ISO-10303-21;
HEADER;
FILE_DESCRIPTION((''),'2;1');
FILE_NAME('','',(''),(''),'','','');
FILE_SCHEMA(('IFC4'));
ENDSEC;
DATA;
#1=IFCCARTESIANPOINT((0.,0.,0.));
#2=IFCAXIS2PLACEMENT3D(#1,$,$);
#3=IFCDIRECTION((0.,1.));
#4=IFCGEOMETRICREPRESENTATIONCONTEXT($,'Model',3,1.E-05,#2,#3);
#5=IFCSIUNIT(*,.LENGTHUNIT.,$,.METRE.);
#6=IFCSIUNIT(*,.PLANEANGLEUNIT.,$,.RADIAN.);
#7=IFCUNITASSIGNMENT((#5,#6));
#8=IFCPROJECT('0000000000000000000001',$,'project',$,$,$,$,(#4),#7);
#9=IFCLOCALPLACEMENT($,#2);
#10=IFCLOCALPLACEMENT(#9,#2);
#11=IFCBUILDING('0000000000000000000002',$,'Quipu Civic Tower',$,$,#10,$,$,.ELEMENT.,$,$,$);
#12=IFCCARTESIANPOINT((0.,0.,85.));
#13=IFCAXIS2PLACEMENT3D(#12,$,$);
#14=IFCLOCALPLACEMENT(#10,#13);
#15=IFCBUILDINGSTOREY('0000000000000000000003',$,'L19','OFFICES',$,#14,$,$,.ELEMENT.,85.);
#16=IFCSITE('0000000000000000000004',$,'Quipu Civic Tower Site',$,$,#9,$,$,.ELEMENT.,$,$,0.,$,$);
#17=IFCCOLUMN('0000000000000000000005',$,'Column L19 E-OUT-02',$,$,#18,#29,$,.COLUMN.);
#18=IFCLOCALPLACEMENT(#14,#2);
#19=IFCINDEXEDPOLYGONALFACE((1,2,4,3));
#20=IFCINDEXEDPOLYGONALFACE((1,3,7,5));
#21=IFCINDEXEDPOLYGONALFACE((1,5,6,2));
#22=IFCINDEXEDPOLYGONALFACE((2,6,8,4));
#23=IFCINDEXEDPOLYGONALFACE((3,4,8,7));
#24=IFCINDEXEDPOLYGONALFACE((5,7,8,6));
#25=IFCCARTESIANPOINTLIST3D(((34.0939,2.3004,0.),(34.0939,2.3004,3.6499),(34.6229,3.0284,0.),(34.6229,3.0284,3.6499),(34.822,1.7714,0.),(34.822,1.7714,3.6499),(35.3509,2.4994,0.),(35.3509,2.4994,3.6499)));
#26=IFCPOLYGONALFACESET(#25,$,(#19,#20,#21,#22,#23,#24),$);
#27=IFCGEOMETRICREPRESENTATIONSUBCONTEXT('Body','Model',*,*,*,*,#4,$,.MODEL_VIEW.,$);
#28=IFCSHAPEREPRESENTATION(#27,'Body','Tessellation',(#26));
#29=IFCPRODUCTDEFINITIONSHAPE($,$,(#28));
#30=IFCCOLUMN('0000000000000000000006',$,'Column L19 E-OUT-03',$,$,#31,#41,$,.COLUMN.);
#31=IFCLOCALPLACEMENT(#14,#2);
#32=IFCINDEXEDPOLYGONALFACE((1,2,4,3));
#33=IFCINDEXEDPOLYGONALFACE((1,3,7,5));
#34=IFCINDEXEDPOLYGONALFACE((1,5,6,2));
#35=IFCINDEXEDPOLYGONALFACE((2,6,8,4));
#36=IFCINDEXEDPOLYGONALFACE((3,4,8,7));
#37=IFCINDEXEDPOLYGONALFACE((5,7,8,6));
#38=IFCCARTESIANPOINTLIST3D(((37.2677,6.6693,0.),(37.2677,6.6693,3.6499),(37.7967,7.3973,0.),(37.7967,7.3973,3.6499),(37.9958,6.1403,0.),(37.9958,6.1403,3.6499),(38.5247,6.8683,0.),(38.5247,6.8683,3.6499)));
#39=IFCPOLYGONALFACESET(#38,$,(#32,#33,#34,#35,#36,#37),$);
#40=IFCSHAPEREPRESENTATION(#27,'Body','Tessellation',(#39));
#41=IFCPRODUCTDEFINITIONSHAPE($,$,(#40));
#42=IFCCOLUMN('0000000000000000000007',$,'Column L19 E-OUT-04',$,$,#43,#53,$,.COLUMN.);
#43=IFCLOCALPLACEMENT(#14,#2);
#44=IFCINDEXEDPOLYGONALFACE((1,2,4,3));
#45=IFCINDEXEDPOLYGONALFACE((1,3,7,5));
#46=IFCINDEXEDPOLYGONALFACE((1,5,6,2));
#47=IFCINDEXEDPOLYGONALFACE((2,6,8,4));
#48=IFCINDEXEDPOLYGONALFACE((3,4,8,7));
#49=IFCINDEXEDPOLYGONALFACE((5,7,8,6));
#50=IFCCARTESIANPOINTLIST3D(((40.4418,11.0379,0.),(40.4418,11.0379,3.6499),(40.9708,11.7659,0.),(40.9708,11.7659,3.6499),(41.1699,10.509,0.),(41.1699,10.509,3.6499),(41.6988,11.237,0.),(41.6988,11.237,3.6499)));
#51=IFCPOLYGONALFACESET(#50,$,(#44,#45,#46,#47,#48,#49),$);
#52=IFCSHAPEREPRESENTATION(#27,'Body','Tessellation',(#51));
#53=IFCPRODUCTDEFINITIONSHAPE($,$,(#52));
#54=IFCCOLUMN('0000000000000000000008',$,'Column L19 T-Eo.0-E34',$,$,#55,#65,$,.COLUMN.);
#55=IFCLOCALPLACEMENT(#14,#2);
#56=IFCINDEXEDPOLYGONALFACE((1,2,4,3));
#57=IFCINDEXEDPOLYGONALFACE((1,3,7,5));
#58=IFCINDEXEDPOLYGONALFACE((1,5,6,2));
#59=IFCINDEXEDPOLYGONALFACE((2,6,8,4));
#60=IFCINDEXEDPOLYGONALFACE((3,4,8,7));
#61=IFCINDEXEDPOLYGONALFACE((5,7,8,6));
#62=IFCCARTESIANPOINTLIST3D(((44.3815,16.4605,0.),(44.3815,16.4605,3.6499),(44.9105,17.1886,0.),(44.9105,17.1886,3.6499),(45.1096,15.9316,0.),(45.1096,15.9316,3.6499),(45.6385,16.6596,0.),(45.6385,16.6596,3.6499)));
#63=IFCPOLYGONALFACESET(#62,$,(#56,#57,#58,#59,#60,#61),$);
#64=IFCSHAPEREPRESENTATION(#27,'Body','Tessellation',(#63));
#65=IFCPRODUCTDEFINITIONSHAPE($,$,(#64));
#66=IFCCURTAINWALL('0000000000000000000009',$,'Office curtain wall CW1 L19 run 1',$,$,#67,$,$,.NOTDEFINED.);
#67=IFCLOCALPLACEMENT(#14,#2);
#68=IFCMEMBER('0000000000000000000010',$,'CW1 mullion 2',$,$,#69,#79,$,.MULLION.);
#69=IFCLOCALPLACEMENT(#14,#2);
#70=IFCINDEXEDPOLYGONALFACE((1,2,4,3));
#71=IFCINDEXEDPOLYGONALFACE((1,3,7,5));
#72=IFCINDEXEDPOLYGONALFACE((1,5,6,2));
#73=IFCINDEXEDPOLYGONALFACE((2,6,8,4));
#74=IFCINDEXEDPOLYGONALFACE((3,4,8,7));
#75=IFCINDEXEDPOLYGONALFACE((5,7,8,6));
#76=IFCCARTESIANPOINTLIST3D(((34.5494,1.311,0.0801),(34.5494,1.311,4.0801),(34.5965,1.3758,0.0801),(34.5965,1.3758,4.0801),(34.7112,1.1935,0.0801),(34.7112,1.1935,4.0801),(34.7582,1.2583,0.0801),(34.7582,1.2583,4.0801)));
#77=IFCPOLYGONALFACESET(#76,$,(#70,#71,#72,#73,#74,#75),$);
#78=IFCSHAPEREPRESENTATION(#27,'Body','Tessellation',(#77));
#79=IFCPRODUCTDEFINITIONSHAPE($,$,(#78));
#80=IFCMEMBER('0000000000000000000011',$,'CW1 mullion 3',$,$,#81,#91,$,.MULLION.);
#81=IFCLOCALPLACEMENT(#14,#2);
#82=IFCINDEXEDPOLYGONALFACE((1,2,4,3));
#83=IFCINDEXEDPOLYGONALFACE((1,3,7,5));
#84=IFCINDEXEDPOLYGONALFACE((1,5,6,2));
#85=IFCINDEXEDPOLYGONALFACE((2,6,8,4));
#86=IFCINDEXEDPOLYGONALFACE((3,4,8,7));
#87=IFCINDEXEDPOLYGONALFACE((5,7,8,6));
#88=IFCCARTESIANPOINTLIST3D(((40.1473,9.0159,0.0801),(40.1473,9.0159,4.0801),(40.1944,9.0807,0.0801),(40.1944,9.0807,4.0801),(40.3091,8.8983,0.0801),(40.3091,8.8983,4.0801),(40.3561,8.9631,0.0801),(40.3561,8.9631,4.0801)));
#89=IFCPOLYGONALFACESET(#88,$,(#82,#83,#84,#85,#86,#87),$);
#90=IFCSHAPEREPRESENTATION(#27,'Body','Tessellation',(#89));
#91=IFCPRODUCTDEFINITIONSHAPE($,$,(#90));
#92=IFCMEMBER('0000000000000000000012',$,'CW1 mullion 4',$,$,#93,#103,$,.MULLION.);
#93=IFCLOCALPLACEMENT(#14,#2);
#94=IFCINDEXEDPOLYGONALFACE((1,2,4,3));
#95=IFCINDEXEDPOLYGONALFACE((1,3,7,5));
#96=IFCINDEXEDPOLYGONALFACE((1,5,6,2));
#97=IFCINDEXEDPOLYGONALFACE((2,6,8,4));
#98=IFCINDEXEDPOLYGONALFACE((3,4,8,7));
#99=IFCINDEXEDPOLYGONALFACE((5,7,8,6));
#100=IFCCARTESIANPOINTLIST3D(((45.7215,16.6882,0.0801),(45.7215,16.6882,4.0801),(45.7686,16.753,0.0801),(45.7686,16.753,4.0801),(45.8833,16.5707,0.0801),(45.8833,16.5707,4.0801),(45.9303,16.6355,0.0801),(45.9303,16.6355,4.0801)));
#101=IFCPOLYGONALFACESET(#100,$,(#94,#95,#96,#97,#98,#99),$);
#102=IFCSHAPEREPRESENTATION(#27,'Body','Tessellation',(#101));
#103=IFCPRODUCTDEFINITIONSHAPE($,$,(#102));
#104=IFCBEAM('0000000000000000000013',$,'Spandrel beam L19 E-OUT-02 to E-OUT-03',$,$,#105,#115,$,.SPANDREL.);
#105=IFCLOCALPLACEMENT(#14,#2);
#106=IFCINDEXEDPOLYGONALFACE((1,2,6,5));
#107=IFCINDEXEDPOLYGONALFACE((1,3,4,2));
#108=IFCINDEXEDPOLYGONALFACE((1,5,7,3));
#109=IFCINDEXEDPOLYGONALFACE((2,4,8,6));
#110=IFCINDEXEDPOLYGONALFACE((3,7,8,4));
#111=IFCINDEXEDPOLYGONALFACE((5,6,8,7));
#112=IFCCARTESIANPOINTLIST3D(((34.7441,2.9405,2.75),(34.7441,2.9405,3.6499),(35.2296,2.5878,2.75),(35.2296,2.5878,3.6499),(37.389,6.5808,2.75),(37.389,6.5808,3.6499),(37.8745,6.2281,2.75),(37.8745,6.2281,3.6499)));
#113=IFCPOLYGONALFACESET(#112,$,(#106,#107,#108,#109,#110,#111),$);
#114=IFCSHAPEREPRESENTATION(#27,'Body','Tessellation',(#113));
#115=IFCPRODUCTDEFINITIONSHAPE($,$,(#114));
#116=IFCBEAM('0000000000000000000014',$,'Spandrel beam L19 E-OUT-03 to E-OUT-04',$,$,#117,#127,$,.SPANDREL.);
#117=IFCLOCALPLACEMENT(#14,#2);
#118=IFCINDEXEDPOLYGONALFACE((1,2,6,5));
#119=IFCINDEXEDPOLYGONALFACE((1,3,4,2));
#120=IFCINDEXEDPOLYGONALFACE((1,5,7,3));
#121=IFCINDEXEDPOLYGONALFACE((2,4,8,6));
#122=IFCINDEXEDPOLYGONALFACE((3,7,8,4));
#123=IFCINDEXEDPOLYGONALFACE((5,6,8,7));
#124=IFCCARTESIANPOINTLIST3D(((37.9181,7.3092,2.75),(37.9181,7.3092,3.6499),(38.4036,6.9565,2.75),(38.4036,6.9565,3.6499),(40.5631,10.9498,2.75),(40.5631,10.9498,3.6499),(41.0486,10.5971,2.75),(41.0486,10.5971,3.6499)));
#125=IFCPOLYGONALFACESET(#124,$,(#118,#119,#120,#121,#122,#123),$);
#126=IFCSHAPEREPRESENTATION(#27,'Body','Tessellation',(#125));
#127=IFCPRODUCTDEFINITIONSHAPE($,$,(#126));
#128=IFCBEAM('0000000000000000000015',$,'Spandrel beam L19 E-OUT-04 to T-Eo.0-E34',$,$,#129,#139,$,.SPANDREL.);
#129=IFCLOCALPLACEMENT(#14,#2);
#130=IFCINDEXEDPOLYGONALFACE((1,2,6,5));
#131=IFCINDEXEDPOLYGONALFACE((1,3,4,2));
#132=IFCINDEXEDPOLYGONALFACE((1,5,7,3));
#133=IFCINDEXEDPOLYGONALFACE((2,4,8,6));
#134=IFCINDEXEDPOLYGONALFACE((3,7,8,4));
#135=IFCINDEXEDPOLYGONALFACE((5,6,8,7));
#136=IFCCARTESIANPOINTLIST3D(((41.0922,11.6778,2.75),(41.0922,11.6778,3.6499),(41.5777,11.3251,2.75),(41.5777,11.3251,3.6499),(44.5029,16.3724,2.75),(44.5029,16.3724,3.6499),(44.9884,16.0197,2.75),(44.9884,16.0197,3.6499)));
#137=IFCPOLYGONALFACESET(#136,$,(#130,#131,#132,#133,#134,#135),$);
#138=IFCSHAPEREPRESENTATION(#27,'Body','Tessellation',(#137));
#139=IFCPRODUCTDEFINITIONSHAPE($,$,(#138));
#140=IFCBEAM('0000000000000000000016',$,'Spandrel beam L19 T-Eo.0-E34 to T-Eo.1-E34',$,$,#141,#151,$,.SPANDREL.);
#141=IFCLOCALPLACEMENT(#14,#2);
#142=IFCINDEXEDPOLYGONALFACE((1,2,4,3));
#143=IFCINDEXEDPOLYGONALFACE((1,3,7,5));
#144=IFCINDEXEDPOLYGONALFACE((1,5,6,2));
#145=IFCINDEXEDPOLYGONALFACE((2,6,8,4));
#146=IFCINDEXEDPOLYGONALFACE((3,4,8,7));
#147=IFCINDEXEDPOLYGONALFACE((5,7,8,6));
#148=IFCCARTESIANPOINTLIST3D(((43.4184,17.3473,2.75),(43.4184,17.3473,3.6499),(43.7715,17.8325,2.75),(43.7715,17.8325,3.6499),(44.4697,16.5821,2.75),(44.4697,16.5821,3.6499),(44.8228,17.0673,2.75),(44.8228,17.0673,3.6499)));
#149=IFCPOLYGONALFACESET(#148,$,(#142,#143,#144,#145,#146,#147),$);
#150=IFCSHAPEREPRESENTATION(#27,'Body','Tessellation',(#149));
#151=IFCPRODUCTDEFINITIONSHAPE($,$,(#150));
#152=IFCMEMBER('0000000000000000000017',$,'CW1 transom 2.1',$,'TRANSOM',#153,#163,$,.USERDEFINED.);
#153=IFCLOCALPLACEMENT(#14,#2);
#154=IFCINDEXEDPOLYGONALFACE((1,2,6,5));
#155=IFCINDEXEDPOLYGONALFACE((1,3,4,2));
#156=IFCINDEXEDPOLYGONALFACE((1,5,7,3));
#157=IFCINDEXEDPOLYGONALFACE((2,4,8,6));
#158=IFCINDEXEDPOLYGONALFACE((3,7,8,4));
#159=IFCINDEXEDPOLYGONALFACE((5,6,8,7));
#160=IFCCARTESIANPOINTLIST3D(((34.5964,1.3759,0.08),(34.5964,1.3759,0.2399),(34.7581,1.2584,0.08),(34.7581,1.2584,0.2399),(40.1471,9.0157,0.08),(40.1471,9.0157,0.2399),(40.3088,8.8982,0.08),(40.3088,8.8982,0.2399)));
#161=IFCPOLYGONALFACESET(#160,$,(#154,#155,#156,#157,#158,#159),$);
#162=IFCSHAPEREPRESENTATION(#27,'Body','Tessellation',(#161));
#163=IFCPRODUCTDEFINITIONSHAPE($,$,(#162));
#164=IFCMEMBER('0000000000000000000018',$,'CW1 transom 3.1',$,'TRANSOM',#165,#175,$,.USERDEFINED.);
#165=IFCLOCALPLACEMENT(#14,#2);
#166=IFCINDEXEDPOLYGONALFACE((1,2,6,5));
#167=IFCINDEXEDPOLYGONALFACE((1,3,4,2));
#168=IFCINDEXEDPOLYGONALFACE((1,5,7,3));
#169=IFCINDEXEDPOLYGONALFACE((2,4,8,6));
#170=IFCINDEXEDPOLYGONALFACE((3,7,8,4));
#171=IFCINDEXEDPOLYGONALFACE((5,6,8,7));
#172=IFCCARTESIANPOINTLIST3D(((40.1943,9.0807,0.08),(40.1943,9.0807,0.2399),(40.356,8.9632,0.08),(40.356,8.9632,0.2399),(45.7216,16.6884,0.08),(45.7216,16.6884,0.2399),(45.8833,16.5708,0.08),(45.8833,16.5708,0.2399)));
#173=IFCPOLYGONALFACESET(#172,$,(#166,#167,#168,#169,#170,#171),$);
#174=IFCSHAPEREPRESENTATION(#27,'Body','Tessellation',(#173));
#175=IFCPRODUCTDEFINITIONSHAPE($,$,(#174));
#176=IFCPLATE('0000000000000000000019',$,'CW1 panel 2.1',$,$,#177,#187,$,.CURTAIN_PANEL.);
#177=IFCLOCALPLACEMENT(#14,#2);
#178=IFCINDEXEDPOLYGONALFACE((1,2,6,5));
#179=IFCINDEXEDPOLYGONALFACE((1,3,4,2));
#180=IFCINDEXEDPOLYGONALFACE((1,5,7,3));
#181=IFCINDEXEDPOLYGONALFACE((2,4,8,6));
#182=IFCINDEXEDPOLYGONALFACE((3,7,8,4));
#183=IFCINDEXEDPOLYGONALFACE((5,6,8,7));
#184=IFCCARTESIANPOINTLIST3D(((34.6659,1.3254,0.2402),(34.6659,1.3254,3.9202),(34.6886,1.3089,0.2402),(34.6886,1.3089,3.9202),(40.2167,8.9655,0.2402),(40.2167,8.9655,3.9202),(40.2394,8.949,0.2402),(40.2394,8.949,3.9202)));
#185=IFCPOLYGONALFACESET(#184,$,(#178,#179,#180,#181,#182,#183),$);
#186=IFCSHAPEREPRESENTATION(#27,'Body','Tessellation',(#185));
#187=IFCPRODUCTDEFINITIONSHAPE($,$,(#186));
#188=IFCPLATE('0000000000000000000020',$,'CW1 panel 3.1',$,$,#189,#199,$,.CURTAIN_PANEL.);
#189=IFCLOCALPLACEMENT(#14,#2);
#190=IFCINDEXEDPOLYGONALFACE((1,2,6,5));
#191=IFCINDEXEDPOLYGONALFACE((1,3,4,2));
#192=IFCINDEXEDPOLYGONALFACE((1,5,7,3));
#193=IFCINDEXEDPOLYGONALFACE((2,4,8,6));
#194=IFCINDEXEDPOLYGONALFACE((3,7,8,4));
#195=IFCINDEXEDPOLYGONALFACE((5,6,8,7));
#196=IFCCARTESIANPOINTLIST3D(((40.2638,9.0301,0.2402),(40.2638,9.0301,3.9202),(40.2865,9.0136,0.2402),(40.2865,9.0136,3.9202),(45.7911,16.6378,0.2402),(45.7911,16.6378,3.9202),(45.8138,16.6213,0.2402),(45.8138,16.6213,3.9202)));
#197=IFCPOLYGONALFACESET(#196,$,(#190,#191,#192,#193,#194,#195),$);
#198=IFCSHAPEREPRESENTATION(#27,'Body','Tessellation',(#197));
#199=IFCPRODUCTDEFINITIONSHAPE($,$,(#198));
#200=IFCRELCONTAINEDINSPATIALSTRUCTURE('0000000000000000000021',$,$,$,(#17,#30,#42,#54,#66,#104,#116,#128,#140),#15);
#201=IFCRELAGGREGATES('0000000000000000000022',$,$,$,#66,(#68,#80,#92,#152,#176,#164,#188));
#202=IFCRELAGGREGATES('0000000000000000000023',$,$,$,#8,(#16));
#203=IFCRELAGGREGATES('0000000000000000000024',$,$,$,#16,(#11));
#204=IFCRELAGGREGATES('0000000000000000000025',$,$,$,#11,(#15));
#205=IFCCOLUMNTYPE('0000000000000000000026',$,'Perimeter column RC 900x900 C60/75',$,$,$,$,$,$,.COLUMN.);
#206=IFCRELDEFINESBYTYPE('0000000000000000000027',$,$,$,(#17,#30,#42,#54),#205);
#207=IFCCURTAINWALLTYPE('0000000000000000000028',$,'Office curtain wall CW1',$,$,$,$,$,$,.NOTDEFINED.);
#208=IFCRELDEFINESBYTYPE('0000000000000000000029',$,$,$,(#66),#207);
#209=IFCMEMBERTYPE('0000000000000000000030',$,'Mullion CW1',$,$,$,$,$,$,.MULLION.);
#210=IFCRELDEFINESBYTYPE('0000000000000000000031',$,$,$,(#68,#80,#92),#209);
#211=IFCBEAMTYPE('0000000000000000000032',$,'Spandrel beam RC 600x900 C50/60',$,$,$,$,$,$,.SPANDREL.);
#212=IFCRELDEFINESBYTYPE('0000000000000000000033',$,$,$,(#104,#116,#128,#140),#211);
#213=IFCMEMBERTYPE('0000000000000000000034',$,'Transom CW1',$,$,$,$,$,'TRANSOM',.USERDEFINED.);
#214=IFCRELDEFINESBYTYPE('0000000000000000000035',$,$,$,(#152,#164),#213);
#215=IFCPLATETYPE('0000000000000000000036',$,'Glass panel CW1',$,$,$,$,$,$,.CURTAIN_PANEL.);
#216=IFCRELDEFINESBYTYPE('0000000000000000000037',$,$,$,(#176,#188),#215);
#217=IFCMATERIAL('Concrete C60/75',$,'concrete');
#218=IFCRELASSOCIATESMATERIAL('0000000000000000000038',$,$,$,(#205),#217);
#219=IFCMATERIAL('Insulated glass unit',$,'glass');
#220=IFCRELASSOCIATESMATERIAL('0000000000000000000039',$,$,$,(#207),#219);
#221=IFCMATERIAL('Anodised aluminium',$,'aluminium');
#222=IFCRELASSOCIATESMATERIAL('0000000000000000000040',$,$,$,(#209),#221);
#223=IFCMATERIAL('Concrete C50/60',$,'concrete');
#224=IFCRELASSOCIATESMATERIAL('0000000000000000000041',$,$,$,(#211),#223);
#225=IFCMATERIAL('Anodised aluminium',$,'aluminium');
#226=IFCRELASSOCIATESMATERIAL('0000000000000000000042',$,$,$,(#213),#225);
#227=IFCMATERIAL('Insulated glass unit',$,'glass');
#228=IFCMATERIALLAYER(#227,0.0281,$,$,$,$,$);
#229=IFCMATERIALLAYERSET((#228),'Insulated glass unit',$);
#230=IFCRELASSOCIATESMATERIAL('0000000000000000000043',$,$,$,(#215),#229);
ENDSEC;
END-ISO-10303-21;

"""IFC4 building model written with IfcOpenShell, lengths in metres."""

from ifc_helpers import new_model, si_unit, direction, frame, origin, origin_2d, place, context, subcontext, project, spatial, rectangle, extrude, material, layer, layer_set, material_profile, profile_set, type_object, element, aggregate, save


model = new_model("IFC4")

# Units and contexts
model_context = context("Model", 3, precision=1e-05, world=origin(), true_north=direction((0.0, 1.0)))
body_context = subcontext(model_context, "Body", "Model", "MODEL_VIEW")
ifc_project = project(units=[si_unit("LENGTHUNIT", "METRE"), si_unit("PLANEANGLEUNIT", "RADIAN")], contexts=[model_context])

# Site, building, storey
site_placement = place(None, origin())
site = spatial("IfcSite", under=ifc_project, at=site_placement, Name="Quipu Civic Tower Site", CompositionType="ELEMENT", RefElevation=0.0)
building_placement = place(site_placement, origin())
building = spatial("IfcBuilding", under=site, at=building_placement, Name="Quipu Civic Tower", CompositionType="ELEMENT")
storey_placement = place(building_placement, frame((0.0, 0.0, 85.0)))
storey = spatial("IfcBuildingStorey", under=building, at=storey_placement, Name="L19", Description="OFFICES", CompositionType="ELEMENT", Elevation=85.0)

# Columns
ifc_material_1 = material(Name="Concrete C60/75", Category="concrete")
ifc_material_profile_1 = material_profile(ifc_material_1, rectangle(XDim=0.8999, YDim=0.8999, at=origin_2d()), Name="RC900x900")
ifc_profile_set_1 = profile_set([ifc_material_profile_1], Name="Concrete C60/75")
column_type = type_object("IfcColumnType", Name="Perimeter column RC 900x900 C60/75", PredefinedType="COLUMN", material=ifc_profile_set_1)
for number, where, z_axis, x_axis, name in (
    (1, (34.7224, 2.3999, 0.0), (0.0, 0.0, 1.0), (0.587785, 0.809017, 0.0), "Column L19 E-OUT-02"),
    (2, (37.8962, 6.7688, 0.0), (0.0, 0.0, 1.0), (0.587785, 0.809017, 0.0), "Column L19 E-OUT-03"),
    (3, (41.0703, 11.1375, 0.0), (0.0, 0.0, 1.0), (0.587785, 0.809017, 0.0), "Column L19 E-OUT-04"),
    (4, (45.01, 16.5601, 0.0), (0.0, 0.0, 1.0), (0.587785, 0.809017, 0.0), "Column L19 T-Eo.0-E34"),
):
    element("IfcColumn", number, at=place(storey_placement, frame(where, z_axis=z_axis, x_axis=x_axis)), inside=storey, type_object=column_type, Name=name, PredefinedType="COLUMN", context=body_context, shape_type="SweptSolid", body=[
        extrude(rectangle(XDim=0.8999, YDim=0.8999, at=origin_2d()), origin(), (0.0, 0.0, 1.0), 3.6499),
    ])

# Curtain wall, members
ifc_material_2 = material(Name="Insulated glass unit", Category="glass")
curtain_wall_type = type_object("IfcCurtainWallType", Name="Office curtain wall CW1", PredefinedType="NOTDEFINED", material=ifc_material_2)
curtain_wall_placement = place(storey_placement, origin())
curtain_wall = element("IfcCurtainWall", 5, at=curtain_wall_placement, inside=storey, type_object=curtain_wall_type, Name="Office curtain wall CW1 L19 run 1", PredefinedType="NOTDEFINED")
ifc_material_3 = material(Name="Anodised aluminium", Category="aluminium")
ifc_material_profile_2 = material_profile(ifc_material_3, rectangle(XDim=0.2, YDim=0.0801, at=origin_2d()), Name="RECT 200x80")
ifc_profile_set_2 = profile_set([ifc_material_profile_2], Name="Anodised aluminium")
member_type_1 = type_object("IfcMemberType", Name="Mullion CW1", PredefinedType="MULLION", material=ifc_profile_set_2)
member_1_placement = place(storey_placement, frame((34.6538, 1.2847, 0.0801), z_axis=(0.0, 0.0, 1.0), x_axis=(-0.809017, 0.587785, 0.0)))
member_1 = element("IfcMember", 6, at=member_1_placement, type_object=member_type_1, Name="CW1 mullion 2", PredefinedType="MULLION", context=body_context, shape_type="SweptSolid", body=[
    extrude(rectangle(XDim=0.2, YDim=0.0801, at=origin_2d()), origin(), (0.0, 0.0, 1.0), 4.0),
])
member_2_placement = place(storey_placement, frame((40.2517, 8.9895, 0.0801), z_axis=(0.0, 0.0, 1.0), x_axis=(-0.809017, 0.587785, 0.0)))
member_2 = element("IfcMember", 7, at=member_2_placement, type_object=member_type_1, Name="CW1 mullion 3", PredefinedType="MULLION", context=body_context, shape_type="SweptSolid", body=[
    extrude(rectangle(XDim=0.2, YDim=0.0801, at=origin_2d()), origin(), (0.0, 0.0, 1.0), 4.0),
])
member_3_placement = place(storey_placement, frame((45.8259, 16.6619, 0.0801), z_axis=(0.0, 0.0, 1.0), x_axis=(-0.809017, 0.587785, 0.0)))
member_3 = element("IfcMember", 8, at=member_3_placement, type_object=member_type_1, Name="CW1 mullion 4", PredefinedType="MULLION", context=body_context, shape_type="SweptSolid", body=[
    extrude(rectangle(XDim=0.2, YDim=0.0801, at=origin_2d()), origin(), (0.0, 0.0, 1.0), 4.0),
])

# Beams
ifc_material_4 = material(Name="Concrete C50/60", Category="concrete")
ifc_material_profile_3 = material_profile(ifc_material_4, rectangle(XDim=0.6001, YDim=0.8999, at=origin_2d()), Name="RC600x900")
ifc_profile_set_3 = profile_set([ifc_material_profile_3], Name="Concrete C50/60")
beam_type = type_object("IfcBeamType", Name="Spandrel beam RC 600x900 C50/60", PredefinedType="SPANDREL", material=ifc_profile_set_3)
beam_1_placement = place(storey_placement, frame((34.9868, 2.7642, 3.2), z_axis=(0.587804, 0.809003, 0.0), x_axis=(-0.809003, 0.587804, 0.0)))
element("IfcBeam", 9, at=beam_1_placement, inside=storey, type_object=beam_type, Name="Spandrel beam L19 E-OUT-02 to E-OUT-03", PredefinedType="SPANDREL", context=body_context, shape_type="SweptSolid", body=[
    extrude(rectangle(XDim=0.6001, YDim=0.8999, at=origin_2d()), origin(), (0.0, 0.0, 1.0), 4.4998),
])
beam_2_placement = place(storey_placement, frame((38.1609, 7.1328, 3.2), z_axis=(0.587778, 0.809022, 0.0), x_axis=(-0.809022, 0.587778, 0.0)))
element("IfcBeam", 10, at=beam_2_placement, inside=storey, type_object=beam_type, Name="Spandrel beam L19 E-OUT-03 to E-OUT-04", PredefinedType="SPANDREL", context=body_context, shape_type="SweptSolid", body=[
    extrude(rectangle(XDim=0.6001, YDim=0.8999, at=origin_2d()), origin(), (0.0, 0.0, 1.0), 4.5),
])
beam_3_placement = place(storey_placement, frame((41.335, 11.5015, 3.2), z_axis=(0.587766, 0.809031, 0.0), x_axis=(-0.809031, 0.587766, 0.0)))
element("IfcBeam", 11, at=beam_3_placement, inside=storey, type_object=beam_type, Name="Spandrel beam L19 E-OUT-04 to T-Eo.0-E34", PredefinedType="SPANDREL", context=body_context, shape_type="SweptSolid", body=[
    extrude(rectangle(XDim=0.6001, YDim=0.8999, at=origin_2d()), origin(), (0.0, 0.0, 1.0), 5.8027),
])
beam_4_placement = place(storey_placement, frame((44.6462, 16.8247, 3.2), z_axis=(-0.808525, 0.588462, 0.0), x_axis=(-0.588462, -0.808525, 0.0)))
element("IfcBeam", 12, at=beam_4_placement, inside=storey, type_object=beam_type, Name="Spandrel beam L19 T-Eo.0-E34 to T-Eo.1-E34", PredefinedType="SPANDREL", context=body_context, shape_type="SweptSolid", body=[
    extrude(rectangle(XDim=0.6001, YDim=0.8999, at=origin_2d()), origin(), (0.0, 0.0, 1.0), 1.3003),
])

# Members
ifc_material_5 = material(Name="Anodised aluminium", Category="aluminium")
ifc_material_profile_4 = material_profile(ifc_material_5, rectangle(XDim=0.2, YDim=0.1599, at=origin_2d()), Name="RECT 200x160")
ifc_profile_set_4 = profile_set([ifc_material_profile_4], Name="Anodised aluminium")
member_type_2 = type_object("IfcMemberType", Name="Transom CW1", ElementType="TRANSOM", PredefinedType="USERDEFINED", material=ifc_profile_set_4)
member_4_placement = place(storey_placement, frame((34.6772, 1.3171, 0.1599), z_axis=(0.58779, 0.809013, 0.0), x_axis=(-0.809013, 0.58779, 0.0)))
member_4 = element("IfcMember", 13, at=member_4_placement, type_object=member_type_2, Name="CW1 transom 2.1", ObjectType="TRANSOM", PredefinedType="USERDEFINED", context=body_context, shape_type="SweptSolid", body=[
    extrude(rectangle(XDim=0.2, YDim=0.1599, at=origin_2d()), origin(), (0.0, 0.0, 1.0), 9.4434),
])
member_5_placement = place(storey_placement, frame((40.2751, 9.022, 0.1599), z_axis=(0.587789, 0.809014, 0.0), x_axis=(-0.809014, 0.587789, 0.0)))
member_5 = element("IfcMember", 14, at=member_5_placement, type_object=member_type_2, Name="CW1 transom 3.1", ObjectType="TRANSOM", PredefinedType="USERDEFINED", context=body_context, shape_type="SweptSolid", body=[
    extrude(rectangle(XDim=0.2, YDim=0.1599, at=origin_2d()), origin(), (0.0, 0.0, 1.0), 9.4036),
])

# Plates
ifc_material_6 = material(Name="Insulated glass unit", Category="glass")
ifc_layer = layer(ifc_material_6, 0.0281)
ifc_layer_set = layer_set([ifc_layer], Name="Insulated glass unit")
plate_type_1 = type_object("IfcPlateType", Name="Glass panel CW1", PredefinedType="CURTAIN_PANEL", material=ifc_layer_set)
plate_1_placement = place(storey_placement, frame((37.4526, 5.1372, 0.2402), z_axis=(0.0, 0.0, 1.0), x_axis=(0.587785, 0.809017, 0.0)))
plate_1 = element("IfcPlate", 15, at=plate_1_placement, type_object=plate_type_1, Name="CW1 panel 2.1", PredefinedType="CURTAIN_PANEL", context=body_context, shape_type="SweptSolid", body=[
    extrude(rectangle(XDim=9.4436, YDim=0.0281, at=origin_2d()), origin(), (0.0, 0.0, 1.0), 3.6799),
])
plate_2_placement = place(storey_placement, frame((43.0388, 12.8257, 0.2402), z_axis=(0.0, 0.0, 1.0), x_axis=(0.587785, 0.809017, 0.0)))
plate_2 = element("IfcPlate", 16, at=plate_2_placement, type_object=plate_type_1, Name="CW1 panel 3.1", PredefinedType="CURTAIN_PANEL", context=body_context, shape_type="SweptSolid", body=[
    extrude(rectangle(XDim=9.4036, YDim=0.0281, at=origin_2d()), origin(), (0.0, 0.0, 1.0), 3.6799),
])
aggregate(curtain_wall, [member_1, member_2, member_3, member_4, plate_1, member_5, plate_2])

save(model, "model.ifc")
